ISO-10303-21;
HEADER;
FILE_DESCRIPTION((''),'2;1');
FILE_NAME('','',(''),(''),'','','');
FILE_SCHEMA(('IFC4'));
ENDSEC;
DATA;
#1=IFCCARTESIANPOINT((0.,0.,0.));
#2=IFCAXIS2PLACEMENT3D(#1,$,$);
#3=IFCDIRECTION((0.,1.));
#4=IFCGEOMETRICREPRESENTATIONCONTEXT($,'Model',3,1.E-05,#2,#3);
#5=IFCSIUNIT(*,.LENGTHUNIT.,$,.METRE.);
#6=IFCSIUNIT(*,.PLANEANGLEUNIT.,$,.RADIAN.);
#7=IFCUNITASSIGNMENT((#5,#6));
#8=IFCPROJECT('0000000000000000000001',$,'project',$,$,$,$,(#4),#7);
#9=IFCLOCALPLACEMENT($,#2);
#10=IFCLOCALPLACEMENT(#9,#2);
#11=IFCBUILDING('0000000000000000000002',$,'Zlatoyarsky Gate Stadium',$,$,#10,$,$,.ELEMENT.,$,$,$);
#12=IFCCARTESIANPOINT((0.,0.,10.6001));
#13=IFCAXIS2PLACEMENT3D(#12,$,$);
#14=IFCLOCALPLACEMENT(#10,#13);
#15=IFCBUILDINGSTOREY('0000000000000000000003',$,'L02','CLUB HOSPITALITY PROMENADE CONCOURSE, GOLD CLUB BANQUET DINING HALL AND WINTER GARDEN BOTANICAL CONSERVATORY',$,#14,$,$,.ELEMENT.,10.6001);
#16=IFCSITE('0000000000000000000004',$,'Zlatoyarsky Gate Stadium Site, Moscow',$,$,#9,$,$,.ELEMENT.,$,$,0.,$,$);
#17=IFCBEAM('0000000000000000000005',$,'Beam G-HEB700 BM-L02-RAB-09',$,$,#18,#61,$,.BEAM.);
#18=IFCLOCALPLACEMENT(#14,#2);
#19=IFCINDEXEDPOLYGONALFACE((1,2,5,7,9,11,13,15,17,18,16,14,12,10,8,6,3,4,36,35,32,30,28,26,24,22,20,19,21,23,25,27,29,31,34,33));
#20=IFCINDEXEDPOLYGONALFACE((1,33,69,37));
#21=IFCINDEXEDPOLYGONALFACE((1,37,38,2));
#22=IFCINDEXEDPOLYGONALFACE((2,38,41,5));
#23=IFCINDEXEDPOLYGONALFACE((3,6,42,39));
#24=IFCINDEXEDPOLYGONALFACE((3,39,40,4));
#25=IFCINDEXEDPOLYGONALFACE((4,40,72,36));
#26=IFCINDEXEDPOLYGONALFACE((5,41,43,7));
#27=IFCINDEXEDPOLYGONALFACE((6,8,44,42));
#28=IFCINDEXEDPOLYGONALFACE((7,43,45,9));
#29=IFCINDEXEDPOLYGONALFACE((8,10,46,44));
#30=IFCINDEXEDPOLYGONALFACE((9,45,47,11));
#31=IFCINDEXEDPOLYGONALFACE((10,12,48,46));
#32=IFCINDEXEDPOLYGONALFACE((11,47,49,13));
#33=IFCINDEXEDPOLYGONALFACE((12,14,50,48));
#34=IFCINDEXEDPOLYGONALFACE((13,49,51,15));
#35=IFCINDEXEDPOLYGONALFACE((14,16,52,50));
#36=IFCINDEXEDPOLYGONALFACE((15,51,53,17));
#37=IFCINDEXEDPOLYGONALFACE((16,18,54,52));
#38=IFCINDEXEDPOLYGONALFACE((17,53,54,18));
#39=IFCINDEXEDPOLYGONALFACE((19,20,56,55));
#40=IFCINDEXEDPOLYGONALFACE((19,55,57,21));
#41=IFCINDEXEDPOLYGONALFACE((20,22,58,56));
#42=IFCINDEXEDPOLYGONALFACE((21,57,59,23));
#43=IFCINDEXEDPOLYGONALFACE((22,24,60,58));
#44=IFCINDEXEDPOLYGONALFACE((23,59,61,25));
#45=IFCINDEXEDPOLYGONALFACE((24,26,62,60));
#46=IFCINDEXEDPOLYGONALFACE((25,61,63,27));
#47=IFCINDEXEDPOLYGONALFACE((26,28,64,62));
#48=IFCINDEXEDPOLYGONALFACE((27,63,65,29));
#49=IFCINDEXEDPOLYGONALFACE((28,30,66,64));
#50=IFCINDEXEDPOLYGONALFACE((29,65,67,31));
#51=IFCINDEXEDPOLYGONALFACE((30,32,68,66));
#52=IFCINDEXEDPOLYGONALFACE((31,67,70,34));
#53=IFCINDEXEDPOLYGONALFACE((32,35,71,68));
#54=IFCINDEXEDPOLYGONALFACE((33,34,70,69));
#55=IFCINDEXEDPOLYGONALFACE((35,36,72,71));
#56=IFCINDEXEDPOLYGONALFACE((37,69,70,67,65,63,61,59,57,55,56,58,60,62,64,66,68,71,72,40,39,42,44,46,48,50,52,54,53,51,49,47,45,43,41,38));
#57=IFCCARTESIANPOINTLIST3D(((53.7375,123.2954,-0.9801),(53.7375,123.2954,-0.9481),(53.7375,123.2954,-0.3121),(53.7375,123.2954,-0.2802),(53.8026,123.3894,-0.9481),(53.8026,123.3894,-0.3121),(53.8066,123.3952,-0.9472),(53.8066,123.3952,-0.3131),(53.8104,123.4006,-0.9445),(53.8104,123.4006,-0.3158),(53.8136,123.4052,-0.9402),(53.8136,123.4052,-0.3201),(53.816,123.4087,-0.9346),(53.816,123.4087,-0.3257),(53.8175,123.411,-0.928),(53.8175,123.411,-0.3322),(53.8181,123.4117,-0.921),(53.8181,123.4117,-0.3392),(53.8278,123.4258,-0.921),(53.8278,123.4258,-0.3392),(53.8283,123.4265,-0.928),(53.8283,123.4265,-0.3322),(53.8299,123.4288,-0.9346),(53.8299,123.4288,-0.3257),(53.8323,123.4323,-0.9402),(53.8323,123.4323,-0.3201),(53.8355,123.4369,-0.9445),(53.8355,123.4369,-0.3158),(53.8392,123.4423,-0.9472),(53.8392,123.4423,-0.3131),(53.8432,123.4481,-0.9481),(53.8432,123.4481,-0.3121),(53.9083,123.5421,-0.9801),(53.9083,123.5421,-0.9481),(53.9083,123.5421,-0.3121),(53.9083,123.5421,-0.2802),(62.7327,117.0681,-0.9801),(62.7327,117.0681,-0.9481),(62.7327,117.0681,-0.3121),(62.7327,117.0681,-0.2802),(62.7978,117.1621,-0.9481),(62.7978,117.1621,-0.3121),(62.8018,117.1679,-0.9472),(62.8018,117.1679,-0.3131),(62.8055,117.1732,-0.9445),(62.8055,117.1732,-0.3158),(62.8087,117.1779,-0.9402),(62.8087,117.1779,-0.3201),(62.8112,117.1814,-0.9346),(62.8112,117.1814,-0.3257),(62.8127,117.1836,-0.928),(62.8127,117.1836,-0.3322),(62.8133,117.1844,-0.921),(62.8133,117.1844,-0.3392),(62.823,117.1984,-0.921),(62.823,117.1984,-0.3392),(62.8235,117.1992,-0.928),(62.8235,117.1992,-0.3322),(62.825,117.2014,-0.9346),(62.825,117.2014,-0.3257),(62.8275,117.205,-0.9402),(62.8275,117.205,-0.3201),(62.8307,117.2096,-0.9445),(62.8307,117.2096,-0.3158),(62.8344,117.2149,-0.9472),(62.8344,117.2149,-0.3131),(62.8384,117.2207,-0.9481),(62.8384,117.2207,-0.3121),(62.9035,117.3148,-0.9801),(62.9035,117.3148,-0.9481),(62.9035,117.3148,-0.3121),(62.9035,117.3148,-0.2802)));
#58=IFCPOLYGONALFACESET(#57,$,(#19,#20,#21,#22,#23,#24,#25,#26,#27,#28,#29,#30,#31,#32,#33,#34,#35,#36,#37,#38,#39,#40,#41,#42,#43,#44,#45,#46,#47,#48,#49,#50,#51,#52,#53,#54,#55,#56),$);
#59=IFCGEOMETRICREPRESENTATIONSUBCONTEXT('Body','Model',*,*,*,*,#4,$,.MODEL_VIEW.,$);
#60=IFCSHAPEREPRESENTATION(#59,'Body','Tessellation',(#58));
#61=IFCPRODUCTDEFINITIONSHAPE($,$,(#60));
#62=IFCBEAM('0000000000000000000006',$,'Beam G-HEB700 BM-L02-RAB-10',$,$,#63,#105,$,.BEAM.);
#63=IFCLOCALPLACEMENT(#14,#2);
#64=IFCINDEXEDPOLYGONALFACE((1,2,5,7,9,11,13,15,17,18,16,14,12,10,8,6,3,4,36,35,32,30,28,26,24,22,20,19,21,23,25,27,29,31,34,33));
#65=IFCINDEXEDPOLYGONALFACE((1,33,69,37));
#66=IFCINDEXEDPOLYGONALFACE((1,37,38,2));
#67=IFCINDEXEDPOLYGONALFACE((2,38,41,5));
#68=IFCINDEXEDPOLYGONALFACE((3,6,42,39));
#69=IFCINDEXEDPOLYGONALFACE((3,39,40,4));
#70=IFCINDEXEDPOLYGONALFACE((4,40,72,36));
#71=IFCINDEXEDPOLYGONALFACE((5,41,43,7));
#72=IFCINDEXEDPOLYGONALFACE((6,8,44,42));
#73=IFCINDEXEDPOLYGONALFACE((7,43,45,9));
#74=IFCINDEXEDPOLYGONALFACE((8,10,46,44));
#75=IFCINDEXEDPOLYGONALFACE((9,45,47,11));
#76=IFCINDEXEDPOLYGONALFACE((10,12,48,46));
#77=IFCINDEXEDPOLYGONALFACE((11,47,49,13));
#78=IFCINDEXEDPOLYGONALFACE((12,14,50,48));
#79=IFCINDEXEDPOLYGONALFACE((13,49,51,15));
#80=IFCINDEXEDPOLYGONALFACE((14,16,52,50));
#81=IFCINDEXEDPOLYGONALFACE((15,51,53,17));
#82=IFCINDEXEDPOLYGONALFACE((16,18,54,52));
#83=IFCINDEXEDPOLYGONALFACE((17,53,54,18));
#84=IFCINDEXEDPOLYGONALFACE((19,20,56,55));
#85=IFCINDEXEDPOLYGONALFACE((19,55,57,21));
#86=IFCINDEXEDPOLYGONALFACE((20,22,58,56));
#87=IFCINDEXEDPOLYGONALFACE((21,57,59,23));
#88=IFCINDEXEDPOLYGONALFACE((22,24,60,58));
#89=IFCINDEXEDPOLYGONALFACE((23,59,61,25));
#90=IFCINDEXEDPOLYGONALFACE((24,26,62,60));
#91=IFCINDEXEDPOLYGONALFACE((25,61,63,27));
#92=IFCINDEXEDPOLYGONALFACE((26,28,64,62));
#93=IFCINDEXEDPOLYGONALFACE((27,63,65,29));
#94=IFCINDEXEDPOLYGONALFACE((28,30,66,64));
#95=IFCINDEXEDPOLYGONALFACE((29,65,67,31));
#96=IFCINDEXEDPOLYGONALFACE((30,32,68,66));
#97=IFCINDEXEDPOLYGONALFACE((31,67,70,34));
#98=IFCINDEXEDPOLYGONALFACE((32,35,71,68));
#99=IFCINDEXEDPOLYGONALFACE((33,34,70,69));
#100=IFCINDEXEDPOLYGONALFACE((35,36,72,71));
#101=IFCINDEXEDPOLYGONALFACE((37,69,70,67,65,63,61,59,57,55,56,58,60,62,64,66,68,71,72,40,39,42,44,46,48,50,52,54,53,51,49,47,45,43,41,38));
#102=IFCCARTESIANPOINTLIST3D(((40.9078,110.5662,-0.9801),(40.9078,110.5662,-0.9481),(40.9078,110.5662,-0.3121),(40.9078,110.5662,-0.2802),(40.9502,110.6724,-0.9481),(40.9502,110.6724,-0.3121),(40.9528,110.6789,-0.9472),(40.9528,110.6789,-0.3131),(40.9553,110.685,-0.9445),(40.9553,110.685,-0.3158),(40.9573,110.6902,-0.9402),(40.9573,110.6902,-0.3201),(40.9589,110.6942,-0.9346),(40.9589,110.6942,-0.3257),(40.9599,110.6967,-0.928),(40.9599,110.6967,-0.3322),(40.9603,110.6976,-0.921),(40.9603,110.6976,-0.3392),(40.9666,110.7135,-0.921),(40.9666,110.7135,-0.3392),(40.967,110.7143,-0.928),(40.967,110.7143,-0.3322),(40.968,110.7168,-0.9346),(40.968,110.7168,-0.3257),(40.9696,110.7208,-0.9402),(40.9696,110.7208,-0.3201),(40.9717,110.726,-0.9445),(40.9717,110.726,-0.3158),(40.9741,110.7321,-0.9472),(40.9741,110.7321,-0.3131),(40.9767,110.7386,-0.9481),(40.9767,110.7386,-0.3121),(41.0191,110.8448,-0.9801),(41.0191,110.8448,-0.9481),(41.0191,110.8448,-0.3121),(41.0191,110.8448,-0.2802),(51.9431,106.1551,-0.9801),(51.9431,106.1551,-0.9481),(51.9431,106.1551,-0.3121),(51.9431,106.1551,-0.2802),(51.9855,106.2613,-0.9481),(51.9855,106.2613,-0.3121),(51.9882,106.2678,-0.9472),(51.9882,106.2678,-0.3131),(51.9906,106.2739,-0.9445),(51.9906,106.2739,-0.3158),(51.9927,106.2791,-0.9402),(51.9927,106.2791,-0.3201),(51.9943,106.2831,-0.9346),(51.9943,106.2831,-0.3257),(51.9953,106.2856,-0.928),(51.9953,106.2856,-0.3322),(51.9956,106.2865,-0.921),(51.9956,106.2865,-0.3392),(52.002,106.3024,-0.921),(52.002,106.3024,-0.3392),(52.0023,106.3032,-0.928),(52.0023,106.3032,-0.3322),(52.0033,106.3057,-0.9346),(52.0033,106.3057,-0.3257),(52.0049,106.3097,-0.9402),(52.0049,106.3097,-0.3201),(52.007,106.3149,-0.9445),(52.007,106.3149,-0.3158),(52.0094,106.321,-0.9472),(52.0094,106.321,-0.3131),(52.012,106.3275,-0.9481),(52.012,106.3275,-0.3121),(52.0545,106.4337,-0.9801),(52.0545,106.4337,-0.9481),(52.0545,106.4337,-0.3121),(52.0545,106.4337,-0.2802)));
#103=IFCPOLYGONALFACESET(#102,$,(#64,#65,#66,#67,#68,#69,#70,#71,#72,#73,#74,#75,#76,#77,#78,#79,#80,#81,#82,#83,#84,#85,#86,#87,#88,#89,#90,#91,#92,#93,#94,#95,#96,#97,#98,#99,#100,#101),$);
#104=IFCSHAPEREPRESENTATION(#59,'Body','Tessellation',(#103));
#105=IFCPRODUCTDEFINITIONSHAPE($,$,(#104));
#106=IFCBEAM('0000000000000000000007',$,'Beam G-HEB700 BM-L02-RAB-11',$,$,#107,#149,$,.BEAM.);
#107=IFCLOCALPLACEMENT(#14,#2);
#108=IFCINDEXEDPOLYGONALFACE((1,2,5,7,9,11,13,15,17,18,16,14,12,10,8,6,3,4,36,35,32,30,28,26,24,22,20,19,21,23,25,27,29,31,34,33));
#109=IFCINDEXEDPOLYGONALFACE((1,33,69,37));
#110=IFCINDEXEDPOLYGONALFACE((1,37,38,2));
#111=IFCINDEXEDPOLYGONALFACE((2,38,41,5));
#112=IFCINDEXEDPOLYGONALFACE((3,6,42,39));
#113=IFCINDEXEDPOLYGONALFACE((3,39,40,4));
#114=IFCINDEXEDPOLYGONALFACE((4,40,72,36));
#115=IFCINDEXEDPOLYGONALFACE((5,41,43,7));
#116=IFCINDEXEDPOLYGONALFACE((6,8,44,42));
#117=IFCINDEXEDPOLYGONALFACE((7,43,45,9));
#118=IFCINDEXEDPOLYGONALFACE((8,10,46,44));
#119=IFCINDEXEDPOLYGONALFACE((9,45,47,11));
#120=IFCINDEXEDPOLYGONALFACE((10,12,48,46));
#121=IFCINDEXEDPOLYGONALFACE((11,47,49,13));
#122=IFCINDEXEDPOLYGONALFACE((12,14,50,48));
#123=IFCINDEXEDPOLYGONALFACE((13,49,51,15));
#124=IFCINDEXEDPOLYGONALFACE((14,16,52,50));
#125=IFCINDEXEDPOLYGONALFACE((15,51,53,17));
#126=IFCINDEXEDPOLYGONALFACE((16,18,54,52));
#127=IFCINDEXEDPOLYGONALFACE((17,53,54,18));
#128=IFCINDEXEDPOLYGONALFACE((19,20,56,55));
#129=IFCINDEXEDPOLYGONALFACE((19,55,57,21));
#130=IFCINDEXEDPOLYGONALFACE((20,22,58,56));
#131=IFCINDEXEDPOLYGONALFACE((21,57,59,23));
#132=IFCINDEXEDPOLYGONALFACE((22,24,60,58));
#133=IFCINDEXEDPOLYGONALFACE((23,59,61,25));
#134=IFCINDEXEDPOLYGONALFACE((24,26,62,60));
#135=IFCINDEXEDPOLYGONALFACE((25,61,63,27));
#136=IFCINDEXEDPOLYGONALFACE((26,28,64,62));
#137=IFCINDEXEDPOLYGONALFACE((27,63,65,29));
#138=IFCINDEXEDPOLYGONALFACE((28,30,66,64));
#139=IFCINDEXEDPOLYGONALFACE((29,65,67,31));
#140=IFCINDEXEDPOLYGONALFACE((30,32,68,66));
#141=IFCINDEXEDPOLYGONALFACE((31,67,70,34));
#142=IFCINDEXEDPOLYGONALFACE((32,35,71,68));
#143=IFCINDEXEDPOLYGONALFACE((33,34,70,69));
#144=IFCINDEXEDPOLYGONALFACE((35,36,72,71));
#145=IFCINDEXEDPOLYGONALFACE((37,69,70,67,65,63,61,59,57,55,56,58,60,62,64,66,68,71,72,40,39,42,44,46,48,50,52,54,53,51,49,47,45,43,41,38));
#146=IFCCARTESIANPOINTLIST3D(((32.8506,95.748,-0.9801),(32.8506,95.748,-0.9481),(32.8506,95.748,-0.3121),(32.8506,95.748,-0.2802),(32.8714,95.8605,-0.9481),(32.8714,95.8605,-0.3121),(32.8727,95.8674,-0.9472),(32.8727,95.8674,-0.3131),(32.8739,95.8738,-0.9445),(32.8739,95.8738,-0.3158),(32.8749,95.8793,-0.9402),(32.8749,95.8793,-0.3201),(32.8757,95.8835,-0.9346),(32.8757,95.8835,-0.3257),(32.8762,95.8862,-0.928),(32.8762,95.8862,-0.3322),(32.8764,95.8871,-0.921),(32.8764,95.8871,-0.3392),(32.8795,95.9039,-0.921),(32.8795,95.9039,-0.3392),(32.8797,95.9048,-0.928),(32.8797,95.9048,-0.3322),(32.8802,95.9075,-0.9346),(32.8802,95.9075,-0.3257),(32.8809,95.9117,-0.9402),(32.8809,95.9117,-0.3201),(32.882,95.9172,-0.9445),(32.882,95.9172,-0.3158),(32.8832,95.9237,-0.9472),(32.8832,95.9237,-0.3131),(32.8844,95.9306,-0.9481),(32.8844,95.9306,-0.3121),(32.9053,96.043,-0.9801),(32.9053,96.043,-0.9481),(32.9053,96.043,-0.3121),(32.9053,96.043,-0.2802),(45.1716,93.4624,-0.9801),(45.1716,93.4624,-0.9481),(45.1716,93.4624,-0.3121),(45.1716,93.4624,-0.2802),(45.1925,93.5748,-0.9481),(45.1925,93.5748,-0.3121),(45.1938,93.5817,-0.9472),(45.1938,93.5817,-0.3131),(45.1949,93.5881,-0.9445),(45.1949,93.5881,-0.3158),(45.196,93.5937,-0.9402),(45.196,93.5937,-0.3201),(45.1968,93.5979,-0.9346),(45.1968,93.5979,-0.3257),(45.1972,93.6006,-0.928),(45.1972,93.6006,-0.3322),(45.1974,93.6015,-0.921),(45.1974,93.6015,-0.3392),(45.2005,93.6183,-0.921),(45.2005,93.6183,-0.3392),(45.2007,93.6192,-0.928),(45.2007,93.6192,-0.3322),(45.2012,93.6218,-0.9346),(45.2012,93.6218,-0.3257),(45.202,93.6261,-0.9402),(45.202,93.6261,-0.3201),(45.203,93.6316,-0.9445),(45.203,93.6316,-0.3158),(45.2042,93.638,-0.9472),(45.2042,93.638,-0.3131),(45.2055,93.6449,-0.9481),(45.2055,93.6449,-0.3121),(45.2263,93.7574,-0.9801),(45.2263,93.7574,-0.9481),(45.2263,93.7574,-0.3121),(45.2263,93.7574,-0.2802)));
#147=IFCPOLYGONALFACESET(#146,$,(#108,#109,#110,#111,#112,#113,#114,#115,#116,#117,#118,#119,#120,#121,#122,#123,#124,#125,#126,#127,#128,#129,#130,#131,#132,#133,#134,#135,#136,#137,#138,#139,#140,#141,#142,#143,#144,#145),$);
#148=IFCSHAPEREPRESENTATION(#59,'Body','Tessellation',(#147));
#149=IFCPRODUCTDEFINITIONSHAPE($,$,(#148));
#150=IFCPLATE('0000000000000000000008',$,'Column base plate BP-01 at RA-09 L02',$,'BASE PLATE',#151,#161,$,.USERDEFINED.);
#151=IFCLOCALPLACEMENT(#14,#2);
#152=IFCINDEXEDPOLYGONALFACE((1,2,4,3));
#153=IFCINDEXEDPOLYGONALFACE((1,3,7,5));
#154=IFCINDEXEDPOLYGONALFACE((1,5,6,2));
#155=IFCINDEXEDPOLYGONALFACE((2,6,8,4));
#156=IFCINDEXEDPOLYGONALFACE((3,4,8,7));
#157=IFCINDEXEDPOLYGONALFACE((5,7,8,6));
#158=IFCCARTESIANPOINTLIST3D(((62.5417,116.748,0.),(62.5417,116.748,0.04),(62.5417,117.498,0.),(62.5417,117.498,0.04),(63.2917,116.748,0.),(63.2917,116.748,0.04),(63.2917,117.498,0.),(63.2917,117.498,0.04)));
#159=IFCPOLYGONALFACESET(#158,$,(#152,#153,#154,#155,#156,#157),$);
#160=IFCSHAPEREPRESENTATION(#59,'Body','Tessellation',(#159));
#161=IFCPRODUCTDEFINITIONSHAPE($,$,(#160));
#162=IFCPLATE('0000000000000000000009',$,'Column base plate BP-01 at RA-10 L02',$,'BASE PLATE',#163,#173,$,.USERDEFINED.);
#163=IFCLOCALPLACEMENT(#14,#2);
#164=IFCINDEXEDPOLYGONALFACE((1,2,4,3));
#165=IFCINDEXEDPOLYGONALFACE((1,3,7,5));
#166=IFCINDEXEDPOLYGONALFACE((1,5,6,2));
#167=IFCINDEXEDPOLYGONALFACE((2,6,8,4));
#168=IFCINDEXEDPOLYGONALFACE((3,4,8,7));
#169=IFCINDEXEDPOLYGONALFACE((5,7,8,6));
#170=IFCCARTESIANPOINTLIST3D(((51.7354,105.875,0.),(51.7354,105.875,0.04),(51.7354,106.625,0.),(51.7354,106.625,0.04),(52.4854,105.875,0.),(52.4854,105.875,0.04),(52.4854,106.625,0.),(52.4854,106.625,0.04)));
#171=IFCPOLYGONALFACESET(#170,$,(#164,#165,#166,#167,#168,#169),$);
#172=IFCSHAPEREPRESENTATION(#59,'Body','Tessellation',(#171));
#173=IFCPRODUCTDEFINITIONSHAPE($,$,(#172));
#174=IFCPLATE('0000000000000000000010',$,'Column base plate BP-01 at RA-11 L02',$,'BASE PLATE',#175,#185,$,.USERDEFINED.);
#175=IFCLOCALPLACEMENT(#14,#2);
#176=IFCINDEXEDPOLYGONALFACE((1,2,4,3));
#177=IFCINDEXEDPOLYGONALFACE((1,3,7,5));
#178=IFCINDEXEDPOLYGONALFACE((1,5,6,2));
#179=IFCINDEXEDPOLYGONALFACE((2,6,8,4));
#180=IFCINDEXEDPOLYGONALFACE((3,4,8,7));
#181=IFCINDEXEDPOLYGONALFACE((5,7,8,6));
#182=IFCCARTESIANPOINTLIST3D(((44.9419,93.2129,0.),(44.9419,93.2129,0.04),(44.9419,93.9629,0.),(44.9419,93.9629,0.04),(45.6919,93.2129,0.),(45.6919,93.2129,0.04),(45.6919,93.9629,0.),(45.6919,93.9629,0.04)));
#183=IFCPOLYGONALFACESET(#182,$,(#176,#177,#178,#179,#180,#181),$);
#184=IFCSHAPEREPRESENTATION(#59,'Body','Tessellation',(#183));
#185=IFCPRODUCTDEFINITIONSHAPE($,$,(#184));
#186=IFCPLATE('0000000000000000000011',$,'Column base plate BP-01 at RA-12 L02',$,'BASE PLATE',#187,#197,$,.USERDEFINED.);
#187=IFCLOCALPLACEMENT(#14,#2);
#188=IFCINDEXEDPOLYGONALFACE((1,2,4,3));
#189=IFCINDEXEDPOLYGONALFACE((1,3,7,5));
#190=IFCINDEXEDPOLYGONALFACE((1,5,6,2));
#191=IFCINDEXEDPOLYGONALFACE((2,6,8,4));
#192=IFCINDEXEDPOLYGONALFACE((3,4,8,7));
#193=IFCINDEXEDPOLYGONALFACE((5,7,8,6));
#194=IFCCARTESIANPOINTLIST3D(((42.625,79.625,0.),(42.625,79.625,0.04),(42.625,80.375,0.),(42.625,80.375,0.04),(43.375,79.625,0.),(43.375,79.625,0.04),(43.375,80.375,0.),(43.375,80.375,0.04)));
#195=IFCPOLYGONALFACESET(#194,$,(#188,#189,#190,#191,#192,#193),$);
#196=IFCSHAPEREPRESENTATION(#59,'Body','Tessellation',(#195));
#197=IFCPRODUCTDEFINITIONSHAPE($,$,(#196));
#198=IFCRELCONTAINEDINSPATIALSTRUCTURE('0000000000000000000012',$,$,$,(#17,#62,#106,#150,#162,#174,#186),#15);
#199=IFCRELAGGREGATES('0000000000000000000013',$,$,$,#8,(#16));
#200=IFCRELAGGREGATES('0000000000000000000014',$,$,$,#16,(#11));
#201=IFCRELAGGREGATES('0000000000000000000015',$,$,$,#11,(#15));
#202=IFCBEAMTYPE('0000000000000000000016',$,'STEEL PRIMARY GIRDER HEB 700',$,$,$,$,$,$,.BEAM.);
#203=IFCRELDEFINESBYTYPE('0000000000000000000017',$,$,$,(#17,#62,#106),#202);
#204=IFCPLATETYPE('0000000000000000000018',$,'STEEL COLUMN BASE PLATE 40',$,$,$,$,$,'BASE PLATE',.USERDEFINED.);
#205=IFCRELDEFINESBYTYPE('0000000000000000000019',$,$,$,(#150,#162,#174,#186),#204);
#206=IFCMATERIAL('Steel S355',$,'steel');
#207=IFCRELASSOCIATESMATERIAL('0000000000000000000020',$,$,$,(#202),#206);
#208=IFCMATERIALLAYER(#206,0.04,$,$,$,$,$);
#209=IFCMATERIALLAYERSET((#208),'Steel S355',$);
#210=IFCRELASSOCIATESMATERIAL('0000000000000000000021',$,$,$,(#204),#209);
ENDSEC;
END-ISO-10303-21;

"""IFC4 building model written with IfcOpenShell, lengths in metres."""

from ifc_helpers import new_model, si_unit, direction, frame, origin, origin_2d, place, context, subcontext, project, spatial, rectangle, i_section, extrude, material, layer, layer_set, material_profile, profile_set, type_object, element, save


model = new_model("IFC4")

# Units and contexts
model_context = context("Model", 3, precision=1e-05, world=origin(), true_north=direction((0.0, 1.0)))
body_context = subcontext(model_context, "Body", "Model", "MODEL_VIEW")
ifc_project = project(units=[si_unit("LENGTHUNIT", "METRE"), si_unit("PLANEANGLEUNIT", "RADIAN")], contexts=[model_context])

# Site, building, storey
site_placement = place(None, origin())
site = spatial("IfcSite", under=ifc_project, at=site_placement, Name="Zlatoyarsky Gate Stadium Site, Moscow", CompositionType="ELEMENT", RefElevation=0.0)
building_placement = place(site_placement, origin())
building = spatial("IfcBuilding", under=site, at=building_placement, Name="Zlatoyarsky Gate Stadium", CompositionType="ELEMENT")
storey_placement = place(building_placement, frame((0.0, 0.0, 10.6001)))
storey = spatial("IfcBuildingStorey", under=building, at=storey_placement, Name="L02", Description="CLUB HOSPITALITY PROMENADE CONCOURSE, GOLD CLUB BANQUET DINING HALL AND WINTER GARDEN BOTANICAL CONSERVATORY", CompositionType="ELEMENT", Elevation=10.6001)

# Shared definitions
ifc_material_1 = material(Name="Steel S355", Category="steel")

# Beams
ifc_material_profile_1 = material_profile(ifc_material_1, i_section(OverallWidth=0.3, OverallDepth=0.7, WebThickness=0.0171, FlangeThickness=0.032, FilletRadius=0.0271, at=origin_2d()), Name="HEB 700")
ifc_profile_set_1 = profile_set([ifc_material_profile_1], Name="Steel S355")
beam_type_1 = type_object("IfcBeamType", Name="STEEL PRIMARY GIRDER HEB 700", PredefinedType="BEAM", material=ifc_profile_set_1)
beam_1_placement = place(storey_placement, frame((62.8181, 117.1914, -0.6301), z_axis=(-0.822196, 0.569204, 0.0), x_axis=(-0.569204, -0.822196, 0.0)))
element("IfcBeam", 1, at=beam_1_placement, inside=storey, type_object=beam_type_1, Name="Beam G-HEB700 BM-L02-RAB-09", PredefinedType="BEAM", context=body_context, shape_type="SweptSolid", body=[
    extrude(i_section(OverallWidth=0.3, OverallDepth=0.7, WebThickness=0.0171, FlangeThickness=0.032, FilletRadius=0.0271, at=origin_2d()), origin(), (0.0, 0.0, 1.0), 10.9404),
])
beam_2_placement = place(storey_placement, frame((51.9988, 106.2944, -0.6301), z_axis=(-0.928565, 0.371171, 0.0), x_axis=(-0.371171, -0.928565, 0.0)))
element("IfcBeam", 2, at=beam_2_placement, inside=storey, type_object=beam_type_1, Name="Beam G-HEB700 BM-L02-RAB-10", PredefinedType="BEAM", context=body_context, shape_type="SweptSolid", body=[
    extrude(i_section(OverallWidth=0.3, OverallDepth=0.7, WebThickness=0.0171, FlangeThickness=0.032, FilletRadius=0.0271, at=origin_2d()), origin(), (0.0, 0.0, 1.0), 11.8843),
])
beam_3_placement = place(storey_placement, frame((45.199, 93.6099, -0.6301), z_axis=(-0.983225, 0.182396, 0.0), x_axis=(-0.182396, -0.983225, 0.0)))
element("IfcBeam", 3, at=beam_3_placement, inside=storey, type_object=beam_type_1, Name="Beam G-HEB700 BM-L02-RAB-11", PredefinedType="BEAM", context=body_context, shape_type="SweptSolid", body=[
    extrude(i_section(OverallWidth=0.3, OverallDepth=0.7, WebThickness=0.0171, FlangeThickness=0.032, FilletRadius=0.0271, at=origin_2d()), origin(), (0.0, 0.0, 1.0), 12.5312),
])

# Plates
ifc_layer_1 = layer(ifc_material_1, 0.04)
ifc_layer_set_1 = layer_set([ifc_layer_1], Name="Steel S355")
plate_type = type_object("IfcPlateType", Name="STEEL COLUMN BASE PLATE 40", ElementType="BASE PLATE", PredefinedType="USERDEFINED", material=ifc_layer_set_1)
for number, where, z_axis, x_axis, name in (
    (4, (62.9167, 117.123, 0.0), (0.0, 0.0, 1.0), (1.0, 0.0, 0.0), "Column base plate BP-01 at RA-09 L02"),
    (5, (52.1104, 106.25, 0.0), (0.0, 0.0, 1.0), (1.0, 0.0, 0.0), "Column base plate BP-01 at RA-10 L02"),
    (6, (45.3169, 93.5879, 0.0), (0.0, 0.0, 1.0), (1.0, 0.0, 0.0), "Column base plate BP-01 at RA-11 L02"),
    (7, (43.0, 80.0, 0.0), (0.0, 0.0, 1.0), (1.0, 0.0, 0.0), "Column base plate BP-01 at RA-12 L02"),
):
    element("IfcPlate", number, at=place(storey_placement, frame(where, z_axis=z_axis, x_axis=x_axis)), inside=storey, type_object=plate_type, Name=name, ObjectType="BASE PLATE", PredefinedType="USERDEFINED", context=body_context, shape_type="SweptSolid", body=[
        extrude(rectangle(XDim=0.75, YDim=0.75, at=origin_2d()), origin(), (0.0, 0.0, 1.0), 0.04),
    ])

save(model, "model.ifc")
